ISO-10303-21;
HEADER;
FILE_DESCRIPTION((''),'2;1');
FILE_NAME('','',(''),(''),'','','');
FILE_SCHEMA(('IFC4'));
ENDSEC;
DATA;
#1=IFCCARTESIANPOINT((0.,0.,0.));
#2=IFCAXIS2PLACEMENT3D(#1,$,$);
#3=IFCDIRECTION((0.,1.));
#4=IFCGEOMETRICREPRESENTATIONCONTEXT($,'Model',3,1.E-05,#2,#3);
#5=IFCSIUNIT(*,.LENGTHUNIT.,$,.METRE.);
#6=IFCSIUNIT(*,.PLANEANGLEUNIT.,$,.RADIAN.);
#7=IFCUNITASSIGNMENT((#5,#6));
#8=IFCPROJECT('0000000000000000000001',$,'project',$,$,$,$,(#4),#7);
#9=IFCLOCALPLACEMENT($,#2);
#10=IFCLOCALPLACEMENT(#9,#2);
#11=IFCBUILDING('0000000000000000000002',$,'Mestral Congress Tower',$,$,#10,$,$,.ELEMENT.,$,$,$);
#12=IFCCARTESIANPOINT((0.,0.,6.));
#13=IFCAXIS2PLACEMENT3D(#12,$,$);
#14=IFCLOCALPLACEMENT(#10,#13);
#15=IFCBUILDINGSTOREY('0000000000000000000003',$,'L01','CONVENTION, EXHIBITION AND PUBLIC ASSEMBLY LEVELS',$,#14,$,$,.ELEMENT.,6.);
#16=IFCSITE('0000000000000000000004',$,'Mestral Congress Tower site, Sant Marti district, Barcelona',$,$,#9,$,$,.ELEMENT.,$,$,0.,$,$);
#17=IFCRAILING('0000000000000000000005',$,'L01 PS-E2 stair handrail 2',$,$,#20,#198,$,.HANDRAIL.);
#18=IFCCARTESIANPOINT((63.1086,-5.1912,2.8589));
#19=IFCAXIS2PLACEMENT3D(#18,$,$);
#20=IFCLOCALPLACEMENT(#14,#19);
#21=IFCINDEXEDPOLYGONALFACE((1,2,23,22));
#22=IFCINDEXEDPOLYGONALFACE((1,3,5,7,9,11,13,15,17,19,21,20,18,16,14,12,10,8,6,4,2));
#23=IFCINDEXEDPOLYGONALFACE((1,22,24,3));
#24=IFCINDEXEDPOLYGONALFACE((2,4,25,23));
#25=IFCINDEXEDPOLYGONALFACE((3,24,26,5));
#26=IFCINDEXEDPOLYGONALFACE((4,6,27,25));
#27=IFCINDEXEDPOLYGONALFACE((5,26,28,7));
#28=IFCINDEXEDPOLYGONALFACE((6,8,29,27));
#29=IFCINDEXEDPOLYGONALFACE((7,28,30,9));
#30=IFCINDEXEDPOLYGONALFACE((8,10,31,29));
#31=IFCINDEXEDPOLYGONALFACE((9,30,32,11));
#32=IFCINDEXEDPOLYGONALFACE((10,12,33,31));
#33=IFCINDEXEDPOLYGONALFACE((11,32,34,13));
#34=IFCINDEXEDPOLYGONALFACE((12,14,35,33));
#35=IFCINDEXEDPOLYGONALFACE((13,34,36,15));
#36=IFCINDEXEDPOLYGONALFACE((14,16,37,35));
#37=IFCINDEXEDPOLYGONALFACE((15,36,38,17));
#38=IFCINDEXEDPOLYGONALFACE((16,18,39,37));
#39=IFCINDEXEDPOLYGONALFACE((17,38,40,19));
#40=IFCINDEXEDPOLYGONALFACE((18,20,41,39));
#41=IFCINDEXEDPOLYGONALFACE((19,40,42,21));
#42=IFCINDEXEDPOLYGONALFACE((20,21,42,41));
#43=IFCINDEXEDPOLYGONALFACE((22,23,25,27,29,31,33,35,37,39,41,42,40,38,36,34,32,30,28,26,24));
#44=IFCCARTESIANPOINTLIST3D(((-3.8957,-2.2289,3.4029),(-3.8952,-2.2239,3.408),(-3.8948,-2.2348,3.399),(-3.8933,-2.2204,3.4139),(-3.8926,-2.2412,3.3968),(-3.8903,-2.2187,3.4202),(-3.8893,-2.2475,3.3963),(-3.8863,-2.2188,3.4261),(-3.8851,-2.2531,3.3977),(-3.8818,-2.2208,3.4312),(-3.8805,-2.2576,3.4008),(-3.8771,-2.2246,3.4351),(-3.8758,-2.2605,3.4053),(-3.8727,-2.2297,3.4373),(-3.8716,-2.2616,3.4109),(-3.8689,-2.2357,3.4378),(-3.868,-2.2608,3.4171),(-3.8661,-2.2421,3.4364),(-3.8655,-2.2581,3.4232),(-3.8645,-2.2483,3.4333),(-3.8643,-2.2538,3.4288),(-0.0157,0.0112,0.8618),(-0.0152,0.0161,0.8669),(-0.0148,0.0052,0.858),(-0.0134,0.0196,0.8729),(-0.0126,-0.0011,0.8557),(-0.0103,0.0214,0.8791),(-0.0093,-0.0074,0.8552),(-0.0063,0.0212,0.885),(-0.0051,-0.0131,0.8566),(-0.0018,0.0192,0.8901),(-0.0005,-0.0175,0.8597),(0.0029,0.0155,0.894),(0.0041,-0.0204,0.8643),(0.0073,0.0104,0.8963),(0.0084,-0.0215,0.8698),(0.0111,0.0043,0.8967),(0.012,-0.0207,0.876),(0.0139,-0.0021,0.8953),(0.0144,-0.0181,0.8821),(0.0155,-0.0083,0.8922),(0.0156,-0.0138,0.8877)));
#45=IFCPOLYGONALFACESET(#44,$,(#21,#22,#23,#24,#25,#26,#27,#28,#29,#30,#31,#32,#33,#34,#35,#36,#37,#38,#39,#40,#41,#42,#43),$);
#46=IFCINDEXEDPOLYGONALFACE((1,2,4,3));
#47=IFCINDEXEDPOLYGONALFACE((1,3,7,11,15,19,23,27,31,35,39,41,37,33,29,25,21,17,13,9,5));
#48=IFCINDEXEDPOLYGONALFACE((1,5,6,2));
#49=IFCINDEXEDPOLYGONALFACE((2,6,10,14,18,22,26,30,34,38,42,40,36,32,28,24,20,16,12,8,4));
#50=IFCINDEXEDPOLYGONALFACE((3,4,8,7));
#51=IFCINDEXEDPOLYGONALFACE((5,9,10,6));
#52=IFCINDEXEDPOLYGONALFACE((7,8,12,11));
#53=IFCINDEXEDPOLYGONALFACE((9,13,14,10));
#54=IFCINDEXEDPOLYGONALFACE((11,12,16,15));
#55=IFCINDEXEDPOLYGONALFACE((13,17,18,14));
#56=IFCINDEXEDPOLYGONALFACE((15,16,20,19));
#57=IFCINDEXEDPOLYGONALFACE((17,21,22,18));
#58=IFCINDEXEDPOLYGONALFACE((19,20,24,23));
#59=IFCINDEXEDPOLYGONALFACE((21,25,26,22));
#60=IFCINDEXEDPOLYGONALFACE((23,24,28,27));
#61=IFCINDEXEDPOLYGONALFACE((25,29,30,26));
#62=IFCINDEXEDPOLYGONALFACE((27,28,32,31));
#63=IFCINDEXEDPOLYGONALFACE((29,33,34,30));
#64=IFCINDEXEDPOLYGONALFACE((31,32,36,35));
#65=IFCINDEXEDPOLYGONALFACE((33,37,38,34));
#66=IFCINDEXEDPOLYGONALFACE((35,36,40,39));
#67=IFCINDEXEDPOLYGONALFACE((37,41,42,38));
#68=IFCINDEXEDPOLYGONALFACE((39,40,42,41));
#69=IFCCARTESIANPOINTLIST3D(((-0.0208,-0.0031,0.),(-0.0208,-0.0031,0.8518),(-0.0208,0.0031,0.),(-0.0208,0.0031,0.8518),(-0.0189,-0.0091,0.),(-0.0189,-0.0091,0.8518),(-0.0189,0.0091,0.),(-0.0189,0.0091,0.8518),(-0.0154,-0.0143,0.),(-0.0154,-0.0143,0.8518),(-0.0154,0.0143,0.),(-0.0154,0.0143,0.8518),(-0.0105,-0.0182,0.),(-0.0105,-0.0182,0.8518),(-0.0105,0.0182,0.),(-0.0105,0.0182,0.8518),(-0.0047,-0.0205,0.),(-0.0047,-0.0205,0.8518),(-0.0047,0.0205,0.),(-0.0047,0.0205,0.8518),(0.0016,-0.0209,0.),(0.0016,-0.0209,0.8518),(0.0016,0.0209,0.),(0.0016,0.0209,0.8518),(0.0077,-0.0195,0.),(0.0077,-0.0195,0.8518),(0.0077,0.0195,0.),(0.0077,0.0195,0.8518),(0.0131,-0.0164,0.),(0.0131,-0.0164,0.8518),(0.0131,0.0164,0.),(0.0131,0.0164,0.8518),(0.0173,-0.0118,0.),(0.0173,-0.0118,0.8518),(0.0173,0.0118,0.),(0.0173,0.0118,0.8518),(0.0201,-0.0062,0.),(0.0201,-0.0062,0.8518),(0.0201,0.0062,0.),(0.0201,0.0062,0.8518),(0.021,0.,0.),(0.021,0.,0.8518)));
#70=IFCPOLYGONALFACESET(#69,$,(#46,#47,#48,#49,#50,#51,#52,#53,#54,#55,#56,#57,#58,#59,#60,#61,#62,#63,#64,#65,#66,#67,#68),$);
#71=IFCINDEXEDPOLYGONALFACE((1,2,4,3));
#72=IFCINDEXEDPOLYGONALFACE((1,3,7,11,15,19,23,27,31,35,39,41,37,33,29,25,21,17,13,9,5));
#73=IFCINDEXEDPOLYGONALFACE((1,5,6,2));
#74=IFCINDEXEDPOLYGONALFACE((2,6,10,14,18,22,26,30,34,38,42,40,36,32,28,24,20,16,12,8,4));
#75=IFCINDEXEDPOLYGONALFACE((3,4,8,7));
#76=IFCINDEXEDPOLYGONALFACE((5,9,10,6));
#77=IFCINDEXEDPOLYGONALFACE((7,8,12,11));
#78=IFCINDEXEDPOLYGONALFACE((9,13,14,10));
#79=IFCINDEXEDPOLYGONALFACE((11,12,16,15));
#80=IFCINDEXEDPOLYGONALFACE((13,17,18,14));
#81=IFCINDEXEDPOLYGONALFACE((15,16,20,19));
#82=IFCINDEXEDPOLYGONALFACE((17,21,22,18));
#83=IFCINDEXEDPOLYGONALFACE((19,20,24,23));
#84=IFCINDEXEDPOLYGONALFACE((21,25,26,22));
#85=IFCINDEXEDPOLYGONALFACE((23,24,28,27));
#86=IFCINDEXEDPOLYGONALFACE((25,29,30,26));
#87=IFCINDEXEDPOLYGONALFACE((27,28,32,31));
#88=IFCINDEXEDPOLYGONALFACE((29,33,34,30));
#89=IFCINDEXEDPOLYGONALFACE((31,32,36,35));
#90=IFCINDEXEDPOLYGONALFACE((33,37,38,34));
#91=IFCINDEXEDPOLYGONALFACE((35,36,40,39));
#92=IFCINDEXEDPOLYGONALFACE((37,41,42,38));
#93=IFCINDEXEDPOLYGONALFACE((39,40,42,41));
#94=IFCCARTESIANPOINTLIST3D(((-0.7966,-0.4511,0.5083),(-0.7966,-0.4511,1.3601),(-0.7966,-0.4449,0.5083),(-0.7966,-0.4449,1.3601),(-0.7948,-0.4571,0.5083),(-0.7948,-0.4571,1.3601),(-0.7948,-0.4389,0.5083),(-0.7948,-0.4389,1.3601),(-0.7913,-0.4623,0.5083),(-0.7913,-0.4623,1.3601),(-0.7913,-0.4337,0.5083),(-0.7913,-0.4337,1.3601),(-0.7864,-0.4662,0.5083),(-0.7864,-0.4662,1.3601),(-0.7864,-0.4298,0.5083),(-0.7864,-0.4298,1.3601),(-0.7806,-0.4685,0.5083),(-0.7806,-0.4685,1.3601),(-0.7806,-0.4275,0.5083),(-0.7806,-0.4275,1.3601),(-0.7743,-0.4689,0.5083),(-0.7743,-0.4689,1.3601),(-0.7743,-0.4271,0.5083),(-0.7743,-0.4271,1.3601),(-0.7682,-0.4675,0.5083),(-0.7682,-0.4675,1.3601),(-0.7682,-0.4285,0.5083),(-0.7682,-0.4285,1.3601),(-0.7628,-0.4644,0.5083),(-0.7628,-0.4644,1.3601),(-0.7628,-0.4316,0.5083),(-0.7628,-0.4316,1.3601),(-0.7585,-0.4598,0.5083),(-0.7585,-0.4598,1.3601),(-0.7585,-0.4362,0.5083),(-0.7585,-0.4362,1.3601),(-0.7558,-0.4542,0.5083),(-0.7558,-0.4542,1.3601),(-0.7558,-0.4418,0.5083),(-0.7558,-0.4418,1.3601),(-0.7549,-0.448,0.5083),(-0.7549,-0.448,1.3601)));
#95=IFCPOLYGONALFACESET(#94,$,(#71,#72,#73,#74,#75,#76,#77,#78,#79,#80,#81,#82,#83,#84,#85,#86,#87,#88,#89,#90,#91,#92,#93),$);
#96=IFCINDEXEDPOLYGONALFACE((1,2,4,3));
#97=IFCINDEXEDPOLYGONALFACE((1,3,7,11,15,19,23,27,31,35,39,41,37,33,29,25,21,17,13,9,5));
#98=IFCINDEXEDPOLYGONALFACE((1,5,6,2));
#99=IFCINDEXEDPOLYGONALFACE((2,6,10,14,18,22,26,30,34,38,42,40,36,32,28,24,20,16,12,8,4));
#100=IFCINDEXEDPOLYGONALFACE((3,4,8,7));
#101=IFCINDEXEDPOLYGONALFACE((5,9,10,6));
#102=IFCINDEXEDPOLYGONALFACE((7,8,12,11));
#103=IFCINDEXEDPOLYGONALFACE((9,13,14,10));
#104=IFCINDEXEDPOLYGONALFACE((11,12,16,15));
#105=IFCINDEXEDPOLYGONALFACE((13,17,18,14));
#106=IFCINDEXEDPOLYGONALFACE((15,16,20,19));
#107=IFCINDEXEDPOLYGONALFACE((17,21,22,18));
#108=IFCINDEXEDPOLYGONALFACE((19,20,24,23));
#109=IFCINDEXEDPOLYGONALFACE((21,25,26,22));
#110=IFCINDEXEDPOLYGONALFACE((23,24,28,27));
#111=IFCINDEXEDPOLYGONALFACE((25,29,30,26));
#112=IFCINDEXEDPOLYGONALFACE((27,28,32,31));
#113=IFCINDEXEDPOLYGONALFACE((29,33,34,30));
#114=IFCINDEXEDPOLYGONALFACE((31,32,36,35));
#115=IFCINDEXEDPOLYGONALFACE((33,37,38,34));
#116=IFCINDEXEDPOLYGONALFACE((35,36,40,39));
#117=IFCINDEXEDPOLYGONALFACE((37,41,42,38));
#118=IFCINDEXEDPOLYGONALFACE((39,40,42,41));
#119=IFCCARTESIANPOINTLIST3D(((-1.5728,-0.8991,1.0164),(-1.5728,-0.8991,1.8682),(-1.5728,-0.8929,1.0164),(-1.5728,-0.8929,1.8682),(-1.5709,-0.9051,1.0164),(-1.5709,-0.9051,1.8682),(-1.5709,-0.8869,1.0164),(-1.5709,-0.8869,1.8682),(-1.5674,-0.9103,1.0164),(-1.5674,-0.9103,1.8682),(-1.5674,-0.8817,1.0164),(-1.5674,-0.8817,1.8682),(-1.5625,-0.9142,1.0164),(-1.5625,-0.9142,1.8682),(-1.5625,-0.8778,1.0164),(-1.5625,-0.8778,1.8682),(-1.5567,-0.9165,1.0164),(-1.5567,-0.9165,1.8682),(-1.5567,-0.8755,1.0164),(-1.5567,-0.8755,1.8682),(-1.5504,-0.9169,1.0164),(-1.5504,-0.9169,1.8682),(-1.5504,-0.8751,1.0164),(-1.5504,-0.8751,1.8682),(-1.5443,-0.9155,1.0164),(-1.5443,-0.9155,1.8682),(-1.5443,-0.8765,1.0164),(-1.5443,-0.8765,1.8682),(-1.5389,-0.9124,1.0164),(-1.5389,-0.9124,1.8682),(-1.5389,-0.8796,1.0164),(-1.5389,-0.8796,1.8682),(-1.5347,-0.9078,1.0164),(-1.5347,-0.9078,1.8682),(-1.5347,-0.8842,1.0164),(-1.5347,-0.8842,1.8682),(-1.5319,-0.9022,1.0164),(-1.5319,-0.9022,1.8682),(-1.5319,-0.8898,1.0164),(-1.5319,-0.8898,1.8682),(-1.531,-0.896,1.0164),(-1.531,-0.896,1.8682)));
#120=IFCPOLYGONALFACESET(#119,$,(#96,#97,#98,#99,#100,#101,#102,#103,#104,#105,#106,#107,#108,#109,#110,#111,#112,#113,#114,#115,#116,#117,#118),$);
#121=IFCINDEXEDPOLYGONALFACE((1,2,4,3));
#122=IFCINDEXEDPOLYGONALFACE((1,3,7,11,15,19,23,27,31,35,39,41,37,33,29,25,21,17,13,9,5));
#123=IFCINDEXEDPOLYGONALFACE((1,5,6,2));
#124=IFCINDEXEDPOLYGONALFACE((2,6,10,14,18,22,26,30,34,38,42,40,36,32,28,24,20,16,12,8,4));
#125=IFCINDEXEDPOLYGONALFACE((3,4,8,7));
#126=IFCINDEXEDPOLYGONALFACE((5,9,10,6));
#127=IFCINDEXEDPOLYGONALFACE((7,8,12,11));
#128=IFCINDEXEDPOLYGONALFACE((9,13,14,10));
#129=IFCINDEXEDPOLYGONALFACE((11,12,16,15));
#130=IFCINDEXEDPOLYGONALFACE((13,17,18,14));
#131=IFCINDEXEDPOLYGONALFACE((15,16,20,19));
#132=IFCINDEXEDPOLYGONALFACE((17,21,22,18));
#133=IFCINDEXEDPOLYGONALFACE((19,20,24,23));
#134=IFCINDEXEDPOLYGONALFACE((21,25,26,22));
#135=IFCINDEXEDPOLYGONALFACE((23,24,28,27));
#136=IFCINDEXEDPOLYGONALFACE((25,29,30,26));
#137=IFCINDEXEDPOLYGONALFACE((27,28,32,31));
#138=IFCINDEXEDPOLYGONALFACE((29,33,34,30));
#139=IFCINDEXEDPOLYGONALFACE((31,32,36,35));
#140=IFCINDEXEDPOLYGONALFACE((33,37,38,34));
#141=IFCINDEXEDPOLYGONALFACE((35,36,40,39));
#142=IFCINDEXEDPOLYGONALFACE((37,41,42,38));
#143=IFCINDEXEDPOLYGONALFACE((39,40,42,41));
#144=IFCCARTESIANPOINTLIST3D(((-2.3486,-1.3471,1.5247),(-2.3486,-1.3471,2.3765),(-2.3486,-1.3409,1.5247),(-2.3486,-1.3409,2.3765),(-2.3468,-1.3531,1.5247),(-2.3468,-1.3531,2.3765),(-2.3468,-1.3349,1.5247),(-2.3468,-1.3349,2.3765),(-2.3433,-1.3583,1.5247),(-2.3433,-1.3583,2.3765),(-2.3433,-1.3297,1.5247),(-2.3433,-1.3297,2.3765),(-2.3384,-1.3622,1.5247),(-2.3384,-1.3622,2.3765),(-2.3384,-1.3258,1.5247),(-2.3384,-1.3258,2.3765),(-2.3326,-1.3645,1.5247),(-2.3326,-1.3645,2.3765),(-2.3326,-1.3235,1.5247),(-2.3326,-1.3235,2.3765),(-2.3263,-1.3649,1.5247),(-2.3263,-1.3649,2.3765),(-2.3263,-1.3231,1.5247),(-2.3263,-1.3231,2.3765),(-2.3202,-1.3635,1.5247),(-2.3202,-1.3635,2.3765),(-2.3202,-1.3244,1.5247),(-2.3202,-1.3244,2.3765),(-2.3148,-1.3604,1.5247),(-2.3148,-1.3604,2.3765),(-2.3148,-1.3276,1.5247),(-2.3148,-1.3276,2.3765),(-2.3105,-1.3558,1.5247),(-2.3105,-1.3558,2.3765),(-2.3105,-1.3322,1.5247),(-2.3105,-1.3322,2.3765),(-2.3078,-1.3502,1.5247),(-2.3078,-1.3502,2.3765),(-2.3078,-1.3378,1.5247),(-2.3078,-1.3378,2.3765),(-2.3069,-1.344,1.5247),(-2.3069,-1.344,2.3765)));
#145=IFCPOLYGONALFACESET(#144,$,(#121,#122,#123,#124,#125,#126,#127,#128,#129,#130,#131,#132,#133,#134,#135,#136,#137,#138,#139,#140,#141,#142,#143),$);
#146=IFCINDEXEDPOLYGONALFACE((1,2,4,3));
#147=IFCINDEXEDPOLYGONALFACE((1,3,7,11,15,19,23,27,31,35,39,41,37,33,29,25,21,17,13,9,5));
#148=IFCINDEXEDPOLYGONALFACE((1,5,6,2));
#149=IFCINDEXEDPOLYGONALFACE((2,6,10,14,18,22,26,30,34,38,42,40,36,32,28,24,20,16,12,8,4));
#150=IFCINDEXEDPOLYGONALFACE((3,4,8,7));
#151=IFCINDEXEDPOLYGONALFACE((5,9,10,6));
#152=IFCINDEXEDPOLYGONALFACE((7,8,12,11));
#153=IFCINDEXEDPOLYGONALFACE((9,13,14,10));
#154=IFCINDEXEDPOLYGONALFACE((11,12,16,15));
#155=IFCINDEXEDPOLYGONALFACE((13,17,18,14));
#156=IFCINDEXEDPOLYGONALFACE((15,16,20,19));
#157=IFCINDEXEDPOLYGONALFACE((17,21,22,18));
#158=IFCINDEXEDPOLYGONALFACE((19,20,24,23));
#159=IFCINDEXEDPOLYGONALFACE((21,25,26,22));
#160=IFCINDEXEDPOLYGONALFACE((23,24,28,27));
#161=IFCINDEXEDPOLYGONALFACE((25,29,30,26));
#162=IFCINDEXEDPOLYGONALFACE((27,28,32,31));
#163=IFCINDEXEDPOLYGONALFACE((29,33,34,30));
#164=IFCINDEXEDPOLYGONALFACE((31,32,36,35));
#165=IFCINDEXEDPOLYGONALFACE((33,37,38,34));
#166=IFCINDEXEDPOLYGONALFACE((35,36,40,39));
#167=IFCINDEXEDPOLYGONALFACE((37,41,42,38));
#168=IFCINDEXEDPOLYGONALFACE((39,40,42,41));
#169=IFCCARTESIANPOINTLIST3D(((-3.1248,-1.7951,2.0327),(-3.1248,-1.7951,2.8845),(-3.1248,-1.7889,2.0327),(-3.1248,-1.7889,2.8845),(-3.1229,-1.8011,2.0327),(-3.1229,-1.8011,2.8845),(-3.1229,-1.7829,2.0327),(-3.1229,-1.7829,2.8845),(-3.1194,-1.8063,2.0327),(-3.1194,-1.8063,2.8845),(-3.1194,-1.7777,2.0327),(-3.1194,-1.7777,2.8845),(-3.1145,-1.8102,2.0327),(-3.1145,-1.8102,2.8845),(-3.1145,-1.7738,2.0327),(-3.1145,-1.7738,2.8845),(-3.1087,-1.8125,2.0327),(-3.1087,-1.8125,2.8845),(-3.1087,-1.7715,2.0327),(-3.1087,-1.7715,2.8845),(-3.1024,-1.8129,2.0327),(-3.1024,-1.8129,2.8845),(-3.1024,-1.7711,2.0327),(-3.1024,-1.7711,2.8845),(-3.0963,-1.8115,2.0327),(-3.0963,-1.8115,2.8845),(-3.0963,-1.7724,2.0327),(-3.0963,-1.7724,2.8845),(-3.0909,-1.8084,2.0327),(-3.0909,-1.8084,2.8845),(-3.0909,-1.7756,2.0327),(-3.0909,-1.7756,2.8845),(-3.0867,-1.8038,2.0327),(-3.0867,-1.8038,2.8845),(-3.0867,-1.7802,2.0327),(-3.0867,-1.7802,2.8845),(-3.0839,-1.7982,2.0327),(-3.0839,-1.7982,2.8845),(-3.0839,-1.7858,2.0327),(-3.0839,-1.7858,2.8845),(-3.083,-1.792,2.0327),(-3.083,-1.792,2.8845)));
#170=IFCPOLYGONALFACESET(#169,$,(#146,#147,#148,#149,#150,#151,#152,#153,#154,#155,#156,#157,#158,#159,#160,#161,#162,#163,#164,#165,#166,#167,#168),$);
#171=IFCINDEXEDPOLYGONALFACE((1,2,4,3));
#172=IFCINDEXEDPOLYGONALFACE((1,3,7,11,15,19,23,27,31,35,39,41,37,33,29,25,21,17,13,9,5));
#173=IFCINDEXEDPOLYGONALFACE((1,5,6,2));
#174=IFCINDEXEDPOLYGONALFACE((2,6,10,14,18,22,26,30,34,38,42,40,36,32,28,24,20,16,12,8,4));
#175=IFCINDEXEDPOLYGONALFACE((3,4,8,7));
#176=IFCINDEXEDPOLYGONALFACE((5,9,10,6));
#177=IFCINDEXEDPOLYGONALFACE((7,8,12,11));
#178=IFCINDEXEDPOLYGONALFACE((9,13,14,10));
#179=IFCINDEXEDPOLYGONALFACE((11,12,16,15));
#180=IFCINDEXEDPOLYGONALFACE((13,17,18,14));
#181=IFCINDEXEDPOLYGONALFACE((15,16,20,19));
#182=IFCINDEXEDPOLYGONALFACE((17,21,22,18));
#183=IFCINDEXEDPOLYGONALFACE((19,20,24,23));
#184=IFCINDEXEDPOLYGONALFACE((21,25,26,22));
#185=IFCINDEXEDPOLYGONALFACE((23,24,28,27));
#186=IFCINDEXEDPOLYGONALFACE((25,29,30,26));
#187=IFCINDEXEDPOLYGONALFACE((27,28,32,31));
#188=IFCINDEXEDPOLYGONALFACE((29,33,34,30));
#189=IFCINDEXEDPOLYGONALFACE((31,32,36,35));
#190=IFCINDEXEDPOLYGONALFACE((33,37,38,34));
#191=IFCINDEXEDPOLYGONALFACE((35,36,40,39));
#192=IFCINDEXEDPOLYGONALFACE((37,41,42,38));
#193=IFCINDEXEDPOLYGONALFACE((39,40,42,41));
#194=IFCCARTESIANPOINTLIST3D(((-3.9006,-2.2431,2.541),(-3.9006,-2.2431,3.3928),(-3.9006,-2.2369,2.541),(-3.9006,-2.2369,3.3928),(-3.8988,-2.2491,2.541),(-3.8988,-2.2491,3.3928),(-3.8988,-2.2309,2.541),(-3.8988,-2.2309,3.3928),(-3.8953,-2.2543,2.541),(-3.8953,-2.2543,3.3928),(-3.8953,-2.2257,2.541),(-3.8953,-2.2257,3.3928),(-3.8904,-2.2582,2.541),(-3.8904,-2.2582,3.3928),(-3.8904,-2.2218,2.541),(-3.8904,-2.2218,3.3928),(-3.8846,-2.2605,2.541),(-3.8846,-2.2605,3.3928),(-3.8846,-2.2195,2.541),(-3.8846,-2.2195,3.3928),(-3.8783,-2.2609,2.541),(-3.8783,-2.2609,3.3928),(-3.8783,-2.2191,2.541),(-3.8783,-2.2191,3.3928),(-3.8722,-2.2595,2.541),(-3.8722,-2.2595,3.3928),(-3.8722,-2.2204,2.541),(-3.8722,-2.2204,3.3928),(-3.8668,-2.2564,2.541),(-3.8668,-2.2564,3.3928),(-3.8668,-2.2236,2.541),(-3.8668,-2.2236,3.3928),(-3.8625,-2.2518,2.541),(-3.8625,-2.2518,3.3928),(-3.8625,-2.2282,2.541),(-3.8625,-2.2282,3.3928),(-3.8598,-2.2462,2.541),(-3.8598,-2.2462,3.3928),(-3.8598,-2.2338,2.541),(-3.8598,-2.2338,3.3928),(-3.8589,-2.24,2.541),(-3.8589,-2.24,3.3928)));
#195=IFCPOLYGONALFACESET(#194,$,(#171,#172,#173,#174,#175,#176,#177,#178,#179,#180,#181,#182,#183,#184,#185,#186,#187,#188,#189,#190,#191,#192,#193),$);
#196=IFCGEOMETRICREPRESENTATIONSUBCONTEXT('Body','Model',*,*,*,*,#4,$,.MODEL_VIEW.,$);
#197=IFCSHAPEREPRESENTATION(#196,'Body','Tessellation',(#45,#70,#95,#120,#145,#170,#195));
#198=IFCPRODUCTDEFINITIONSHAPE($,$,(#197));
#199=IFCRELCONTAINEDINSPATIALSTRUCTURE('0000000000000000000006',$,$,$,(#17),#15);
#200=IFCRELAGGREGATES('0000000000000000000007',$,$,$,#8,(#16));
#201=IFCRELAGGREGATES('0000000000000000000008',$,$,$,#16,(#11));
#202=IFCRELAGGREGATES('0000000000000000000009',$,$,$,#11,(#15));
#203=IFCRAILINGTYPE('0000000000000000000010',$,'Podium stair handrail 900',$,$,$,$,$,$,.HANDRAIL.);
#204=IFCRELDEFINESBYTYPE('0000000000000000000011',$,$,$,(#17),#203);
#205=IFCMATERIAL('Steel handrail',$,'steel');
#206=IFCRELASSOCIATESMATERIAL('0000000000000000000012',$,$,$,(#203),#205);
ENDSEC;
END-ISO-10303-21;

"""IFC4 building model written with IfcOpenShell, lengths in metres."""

from ifc_helpers import new_model, si_unit, direction, frame, origin, origin_2d, place, context, subcontext, project, spatial, circle, extrude, material, type_object, element, save


model = new_model("IFC4")

# Units and contexts
model_context = context("Model", 3, precision=1e-05, world=origin(), true_north=direction((0.0, 1.0)))
body_context = subcontext(model_context, "Body", "Model", "MODEL_VIEW")
ifc_project = project(units=[si_unit("LENGTHUNIT", "METRE"), si_unit("PLANEANGLEUNIT", "RADIAN")], contexts=[model_context])

# Site, building, storey
site_placement = place(None, origin())
site = spatial("IfcSite", under=ifc_project, at=site_placement, Name="Mestral Congress Tower site, Sant Marti district, Barcelona", CompositionType="ELEMENT", RefElevation=0.0)
building_placement = place(site_placement, origin())
building = spatial("IfcBuilding", under=site, at=building_placement, Name="Mestral Congress Tower", CompositionType="ELEMENT")
storey_placement = place(building_placement, frame((0.0, 0.0, 6.0)))
storey = spatial("IfcBuildingStorey", under=building, at=storey_placement, Name="L01", Description="CONVENTION, EXHIBITION AND PUBLIC ASSEMBLY LEVELS", CompositionType="ELEMENT", Elevation=6.0)

# Railing
ifc_material_1 = material(Name="Steel handrail", Category="steel")
railing_type_1 = type_object("IfcRailingType", Name="Podium stair handrail 900", PredefinedType="HANDRAIL", material=ifc_material_1)
railing_1_placement = place(storey_placement, frame((63.1086, -5.1912, 2.8589)))
element("IfcRailing", 1, at=railing_1_placement, inside=storey, type_object=railing_type_1, Name="L01 PS-E2 stair handrail 2", PredefinedType="HANDRAIL", context=body_context, shape_type="SweptSolid", body=[
    extrude(circle(Radius=0.0239, at=origin_2d()), frame((0.0, 0.0, 0.876), z_axis=(-0.7533, -0.434906, 0.493352), x_axis=(0.49999, -0.866031, 0.0)), (0.0, 0.0, 1.0), 5.1506),
    extrude(circle(Radius=0.021, at=origin_2d()), origin(), (0.0, 0.0, 1.0), 0.8518),
    extrude(circle(Radius=0.021, at=origin_2d()), frame((-0.7759, -0.448, 0.5083)), (0.0, 0.0, 1.0), 0.8518),
    extrude(circle(Radius=0.021, at=origin_2d()), frame((-1.552, -0.896, 1.0164)), (0.0, 0.0, 1.0), 0.8518),
    extrude(circle(Radius=0.021, at=origin_2d()), frame((-2.3279, -1.344, 1.5247)), (0.0, 0.0, 1.0), 0.8518),
    extrude(circle(Radius=0.021, at=origin_2d()), frame((-3.104, -1.792, 2.0327)), (0.0, 0.0, 1.0), 0.8518),
    extrude(circle(Radius=0.021, at=origin_2d()), frame((-3.8799, -2.24, 2.541)), (0.0, 0.0, 1.0), 0.8518),
])

save(model, "model.ifc")
